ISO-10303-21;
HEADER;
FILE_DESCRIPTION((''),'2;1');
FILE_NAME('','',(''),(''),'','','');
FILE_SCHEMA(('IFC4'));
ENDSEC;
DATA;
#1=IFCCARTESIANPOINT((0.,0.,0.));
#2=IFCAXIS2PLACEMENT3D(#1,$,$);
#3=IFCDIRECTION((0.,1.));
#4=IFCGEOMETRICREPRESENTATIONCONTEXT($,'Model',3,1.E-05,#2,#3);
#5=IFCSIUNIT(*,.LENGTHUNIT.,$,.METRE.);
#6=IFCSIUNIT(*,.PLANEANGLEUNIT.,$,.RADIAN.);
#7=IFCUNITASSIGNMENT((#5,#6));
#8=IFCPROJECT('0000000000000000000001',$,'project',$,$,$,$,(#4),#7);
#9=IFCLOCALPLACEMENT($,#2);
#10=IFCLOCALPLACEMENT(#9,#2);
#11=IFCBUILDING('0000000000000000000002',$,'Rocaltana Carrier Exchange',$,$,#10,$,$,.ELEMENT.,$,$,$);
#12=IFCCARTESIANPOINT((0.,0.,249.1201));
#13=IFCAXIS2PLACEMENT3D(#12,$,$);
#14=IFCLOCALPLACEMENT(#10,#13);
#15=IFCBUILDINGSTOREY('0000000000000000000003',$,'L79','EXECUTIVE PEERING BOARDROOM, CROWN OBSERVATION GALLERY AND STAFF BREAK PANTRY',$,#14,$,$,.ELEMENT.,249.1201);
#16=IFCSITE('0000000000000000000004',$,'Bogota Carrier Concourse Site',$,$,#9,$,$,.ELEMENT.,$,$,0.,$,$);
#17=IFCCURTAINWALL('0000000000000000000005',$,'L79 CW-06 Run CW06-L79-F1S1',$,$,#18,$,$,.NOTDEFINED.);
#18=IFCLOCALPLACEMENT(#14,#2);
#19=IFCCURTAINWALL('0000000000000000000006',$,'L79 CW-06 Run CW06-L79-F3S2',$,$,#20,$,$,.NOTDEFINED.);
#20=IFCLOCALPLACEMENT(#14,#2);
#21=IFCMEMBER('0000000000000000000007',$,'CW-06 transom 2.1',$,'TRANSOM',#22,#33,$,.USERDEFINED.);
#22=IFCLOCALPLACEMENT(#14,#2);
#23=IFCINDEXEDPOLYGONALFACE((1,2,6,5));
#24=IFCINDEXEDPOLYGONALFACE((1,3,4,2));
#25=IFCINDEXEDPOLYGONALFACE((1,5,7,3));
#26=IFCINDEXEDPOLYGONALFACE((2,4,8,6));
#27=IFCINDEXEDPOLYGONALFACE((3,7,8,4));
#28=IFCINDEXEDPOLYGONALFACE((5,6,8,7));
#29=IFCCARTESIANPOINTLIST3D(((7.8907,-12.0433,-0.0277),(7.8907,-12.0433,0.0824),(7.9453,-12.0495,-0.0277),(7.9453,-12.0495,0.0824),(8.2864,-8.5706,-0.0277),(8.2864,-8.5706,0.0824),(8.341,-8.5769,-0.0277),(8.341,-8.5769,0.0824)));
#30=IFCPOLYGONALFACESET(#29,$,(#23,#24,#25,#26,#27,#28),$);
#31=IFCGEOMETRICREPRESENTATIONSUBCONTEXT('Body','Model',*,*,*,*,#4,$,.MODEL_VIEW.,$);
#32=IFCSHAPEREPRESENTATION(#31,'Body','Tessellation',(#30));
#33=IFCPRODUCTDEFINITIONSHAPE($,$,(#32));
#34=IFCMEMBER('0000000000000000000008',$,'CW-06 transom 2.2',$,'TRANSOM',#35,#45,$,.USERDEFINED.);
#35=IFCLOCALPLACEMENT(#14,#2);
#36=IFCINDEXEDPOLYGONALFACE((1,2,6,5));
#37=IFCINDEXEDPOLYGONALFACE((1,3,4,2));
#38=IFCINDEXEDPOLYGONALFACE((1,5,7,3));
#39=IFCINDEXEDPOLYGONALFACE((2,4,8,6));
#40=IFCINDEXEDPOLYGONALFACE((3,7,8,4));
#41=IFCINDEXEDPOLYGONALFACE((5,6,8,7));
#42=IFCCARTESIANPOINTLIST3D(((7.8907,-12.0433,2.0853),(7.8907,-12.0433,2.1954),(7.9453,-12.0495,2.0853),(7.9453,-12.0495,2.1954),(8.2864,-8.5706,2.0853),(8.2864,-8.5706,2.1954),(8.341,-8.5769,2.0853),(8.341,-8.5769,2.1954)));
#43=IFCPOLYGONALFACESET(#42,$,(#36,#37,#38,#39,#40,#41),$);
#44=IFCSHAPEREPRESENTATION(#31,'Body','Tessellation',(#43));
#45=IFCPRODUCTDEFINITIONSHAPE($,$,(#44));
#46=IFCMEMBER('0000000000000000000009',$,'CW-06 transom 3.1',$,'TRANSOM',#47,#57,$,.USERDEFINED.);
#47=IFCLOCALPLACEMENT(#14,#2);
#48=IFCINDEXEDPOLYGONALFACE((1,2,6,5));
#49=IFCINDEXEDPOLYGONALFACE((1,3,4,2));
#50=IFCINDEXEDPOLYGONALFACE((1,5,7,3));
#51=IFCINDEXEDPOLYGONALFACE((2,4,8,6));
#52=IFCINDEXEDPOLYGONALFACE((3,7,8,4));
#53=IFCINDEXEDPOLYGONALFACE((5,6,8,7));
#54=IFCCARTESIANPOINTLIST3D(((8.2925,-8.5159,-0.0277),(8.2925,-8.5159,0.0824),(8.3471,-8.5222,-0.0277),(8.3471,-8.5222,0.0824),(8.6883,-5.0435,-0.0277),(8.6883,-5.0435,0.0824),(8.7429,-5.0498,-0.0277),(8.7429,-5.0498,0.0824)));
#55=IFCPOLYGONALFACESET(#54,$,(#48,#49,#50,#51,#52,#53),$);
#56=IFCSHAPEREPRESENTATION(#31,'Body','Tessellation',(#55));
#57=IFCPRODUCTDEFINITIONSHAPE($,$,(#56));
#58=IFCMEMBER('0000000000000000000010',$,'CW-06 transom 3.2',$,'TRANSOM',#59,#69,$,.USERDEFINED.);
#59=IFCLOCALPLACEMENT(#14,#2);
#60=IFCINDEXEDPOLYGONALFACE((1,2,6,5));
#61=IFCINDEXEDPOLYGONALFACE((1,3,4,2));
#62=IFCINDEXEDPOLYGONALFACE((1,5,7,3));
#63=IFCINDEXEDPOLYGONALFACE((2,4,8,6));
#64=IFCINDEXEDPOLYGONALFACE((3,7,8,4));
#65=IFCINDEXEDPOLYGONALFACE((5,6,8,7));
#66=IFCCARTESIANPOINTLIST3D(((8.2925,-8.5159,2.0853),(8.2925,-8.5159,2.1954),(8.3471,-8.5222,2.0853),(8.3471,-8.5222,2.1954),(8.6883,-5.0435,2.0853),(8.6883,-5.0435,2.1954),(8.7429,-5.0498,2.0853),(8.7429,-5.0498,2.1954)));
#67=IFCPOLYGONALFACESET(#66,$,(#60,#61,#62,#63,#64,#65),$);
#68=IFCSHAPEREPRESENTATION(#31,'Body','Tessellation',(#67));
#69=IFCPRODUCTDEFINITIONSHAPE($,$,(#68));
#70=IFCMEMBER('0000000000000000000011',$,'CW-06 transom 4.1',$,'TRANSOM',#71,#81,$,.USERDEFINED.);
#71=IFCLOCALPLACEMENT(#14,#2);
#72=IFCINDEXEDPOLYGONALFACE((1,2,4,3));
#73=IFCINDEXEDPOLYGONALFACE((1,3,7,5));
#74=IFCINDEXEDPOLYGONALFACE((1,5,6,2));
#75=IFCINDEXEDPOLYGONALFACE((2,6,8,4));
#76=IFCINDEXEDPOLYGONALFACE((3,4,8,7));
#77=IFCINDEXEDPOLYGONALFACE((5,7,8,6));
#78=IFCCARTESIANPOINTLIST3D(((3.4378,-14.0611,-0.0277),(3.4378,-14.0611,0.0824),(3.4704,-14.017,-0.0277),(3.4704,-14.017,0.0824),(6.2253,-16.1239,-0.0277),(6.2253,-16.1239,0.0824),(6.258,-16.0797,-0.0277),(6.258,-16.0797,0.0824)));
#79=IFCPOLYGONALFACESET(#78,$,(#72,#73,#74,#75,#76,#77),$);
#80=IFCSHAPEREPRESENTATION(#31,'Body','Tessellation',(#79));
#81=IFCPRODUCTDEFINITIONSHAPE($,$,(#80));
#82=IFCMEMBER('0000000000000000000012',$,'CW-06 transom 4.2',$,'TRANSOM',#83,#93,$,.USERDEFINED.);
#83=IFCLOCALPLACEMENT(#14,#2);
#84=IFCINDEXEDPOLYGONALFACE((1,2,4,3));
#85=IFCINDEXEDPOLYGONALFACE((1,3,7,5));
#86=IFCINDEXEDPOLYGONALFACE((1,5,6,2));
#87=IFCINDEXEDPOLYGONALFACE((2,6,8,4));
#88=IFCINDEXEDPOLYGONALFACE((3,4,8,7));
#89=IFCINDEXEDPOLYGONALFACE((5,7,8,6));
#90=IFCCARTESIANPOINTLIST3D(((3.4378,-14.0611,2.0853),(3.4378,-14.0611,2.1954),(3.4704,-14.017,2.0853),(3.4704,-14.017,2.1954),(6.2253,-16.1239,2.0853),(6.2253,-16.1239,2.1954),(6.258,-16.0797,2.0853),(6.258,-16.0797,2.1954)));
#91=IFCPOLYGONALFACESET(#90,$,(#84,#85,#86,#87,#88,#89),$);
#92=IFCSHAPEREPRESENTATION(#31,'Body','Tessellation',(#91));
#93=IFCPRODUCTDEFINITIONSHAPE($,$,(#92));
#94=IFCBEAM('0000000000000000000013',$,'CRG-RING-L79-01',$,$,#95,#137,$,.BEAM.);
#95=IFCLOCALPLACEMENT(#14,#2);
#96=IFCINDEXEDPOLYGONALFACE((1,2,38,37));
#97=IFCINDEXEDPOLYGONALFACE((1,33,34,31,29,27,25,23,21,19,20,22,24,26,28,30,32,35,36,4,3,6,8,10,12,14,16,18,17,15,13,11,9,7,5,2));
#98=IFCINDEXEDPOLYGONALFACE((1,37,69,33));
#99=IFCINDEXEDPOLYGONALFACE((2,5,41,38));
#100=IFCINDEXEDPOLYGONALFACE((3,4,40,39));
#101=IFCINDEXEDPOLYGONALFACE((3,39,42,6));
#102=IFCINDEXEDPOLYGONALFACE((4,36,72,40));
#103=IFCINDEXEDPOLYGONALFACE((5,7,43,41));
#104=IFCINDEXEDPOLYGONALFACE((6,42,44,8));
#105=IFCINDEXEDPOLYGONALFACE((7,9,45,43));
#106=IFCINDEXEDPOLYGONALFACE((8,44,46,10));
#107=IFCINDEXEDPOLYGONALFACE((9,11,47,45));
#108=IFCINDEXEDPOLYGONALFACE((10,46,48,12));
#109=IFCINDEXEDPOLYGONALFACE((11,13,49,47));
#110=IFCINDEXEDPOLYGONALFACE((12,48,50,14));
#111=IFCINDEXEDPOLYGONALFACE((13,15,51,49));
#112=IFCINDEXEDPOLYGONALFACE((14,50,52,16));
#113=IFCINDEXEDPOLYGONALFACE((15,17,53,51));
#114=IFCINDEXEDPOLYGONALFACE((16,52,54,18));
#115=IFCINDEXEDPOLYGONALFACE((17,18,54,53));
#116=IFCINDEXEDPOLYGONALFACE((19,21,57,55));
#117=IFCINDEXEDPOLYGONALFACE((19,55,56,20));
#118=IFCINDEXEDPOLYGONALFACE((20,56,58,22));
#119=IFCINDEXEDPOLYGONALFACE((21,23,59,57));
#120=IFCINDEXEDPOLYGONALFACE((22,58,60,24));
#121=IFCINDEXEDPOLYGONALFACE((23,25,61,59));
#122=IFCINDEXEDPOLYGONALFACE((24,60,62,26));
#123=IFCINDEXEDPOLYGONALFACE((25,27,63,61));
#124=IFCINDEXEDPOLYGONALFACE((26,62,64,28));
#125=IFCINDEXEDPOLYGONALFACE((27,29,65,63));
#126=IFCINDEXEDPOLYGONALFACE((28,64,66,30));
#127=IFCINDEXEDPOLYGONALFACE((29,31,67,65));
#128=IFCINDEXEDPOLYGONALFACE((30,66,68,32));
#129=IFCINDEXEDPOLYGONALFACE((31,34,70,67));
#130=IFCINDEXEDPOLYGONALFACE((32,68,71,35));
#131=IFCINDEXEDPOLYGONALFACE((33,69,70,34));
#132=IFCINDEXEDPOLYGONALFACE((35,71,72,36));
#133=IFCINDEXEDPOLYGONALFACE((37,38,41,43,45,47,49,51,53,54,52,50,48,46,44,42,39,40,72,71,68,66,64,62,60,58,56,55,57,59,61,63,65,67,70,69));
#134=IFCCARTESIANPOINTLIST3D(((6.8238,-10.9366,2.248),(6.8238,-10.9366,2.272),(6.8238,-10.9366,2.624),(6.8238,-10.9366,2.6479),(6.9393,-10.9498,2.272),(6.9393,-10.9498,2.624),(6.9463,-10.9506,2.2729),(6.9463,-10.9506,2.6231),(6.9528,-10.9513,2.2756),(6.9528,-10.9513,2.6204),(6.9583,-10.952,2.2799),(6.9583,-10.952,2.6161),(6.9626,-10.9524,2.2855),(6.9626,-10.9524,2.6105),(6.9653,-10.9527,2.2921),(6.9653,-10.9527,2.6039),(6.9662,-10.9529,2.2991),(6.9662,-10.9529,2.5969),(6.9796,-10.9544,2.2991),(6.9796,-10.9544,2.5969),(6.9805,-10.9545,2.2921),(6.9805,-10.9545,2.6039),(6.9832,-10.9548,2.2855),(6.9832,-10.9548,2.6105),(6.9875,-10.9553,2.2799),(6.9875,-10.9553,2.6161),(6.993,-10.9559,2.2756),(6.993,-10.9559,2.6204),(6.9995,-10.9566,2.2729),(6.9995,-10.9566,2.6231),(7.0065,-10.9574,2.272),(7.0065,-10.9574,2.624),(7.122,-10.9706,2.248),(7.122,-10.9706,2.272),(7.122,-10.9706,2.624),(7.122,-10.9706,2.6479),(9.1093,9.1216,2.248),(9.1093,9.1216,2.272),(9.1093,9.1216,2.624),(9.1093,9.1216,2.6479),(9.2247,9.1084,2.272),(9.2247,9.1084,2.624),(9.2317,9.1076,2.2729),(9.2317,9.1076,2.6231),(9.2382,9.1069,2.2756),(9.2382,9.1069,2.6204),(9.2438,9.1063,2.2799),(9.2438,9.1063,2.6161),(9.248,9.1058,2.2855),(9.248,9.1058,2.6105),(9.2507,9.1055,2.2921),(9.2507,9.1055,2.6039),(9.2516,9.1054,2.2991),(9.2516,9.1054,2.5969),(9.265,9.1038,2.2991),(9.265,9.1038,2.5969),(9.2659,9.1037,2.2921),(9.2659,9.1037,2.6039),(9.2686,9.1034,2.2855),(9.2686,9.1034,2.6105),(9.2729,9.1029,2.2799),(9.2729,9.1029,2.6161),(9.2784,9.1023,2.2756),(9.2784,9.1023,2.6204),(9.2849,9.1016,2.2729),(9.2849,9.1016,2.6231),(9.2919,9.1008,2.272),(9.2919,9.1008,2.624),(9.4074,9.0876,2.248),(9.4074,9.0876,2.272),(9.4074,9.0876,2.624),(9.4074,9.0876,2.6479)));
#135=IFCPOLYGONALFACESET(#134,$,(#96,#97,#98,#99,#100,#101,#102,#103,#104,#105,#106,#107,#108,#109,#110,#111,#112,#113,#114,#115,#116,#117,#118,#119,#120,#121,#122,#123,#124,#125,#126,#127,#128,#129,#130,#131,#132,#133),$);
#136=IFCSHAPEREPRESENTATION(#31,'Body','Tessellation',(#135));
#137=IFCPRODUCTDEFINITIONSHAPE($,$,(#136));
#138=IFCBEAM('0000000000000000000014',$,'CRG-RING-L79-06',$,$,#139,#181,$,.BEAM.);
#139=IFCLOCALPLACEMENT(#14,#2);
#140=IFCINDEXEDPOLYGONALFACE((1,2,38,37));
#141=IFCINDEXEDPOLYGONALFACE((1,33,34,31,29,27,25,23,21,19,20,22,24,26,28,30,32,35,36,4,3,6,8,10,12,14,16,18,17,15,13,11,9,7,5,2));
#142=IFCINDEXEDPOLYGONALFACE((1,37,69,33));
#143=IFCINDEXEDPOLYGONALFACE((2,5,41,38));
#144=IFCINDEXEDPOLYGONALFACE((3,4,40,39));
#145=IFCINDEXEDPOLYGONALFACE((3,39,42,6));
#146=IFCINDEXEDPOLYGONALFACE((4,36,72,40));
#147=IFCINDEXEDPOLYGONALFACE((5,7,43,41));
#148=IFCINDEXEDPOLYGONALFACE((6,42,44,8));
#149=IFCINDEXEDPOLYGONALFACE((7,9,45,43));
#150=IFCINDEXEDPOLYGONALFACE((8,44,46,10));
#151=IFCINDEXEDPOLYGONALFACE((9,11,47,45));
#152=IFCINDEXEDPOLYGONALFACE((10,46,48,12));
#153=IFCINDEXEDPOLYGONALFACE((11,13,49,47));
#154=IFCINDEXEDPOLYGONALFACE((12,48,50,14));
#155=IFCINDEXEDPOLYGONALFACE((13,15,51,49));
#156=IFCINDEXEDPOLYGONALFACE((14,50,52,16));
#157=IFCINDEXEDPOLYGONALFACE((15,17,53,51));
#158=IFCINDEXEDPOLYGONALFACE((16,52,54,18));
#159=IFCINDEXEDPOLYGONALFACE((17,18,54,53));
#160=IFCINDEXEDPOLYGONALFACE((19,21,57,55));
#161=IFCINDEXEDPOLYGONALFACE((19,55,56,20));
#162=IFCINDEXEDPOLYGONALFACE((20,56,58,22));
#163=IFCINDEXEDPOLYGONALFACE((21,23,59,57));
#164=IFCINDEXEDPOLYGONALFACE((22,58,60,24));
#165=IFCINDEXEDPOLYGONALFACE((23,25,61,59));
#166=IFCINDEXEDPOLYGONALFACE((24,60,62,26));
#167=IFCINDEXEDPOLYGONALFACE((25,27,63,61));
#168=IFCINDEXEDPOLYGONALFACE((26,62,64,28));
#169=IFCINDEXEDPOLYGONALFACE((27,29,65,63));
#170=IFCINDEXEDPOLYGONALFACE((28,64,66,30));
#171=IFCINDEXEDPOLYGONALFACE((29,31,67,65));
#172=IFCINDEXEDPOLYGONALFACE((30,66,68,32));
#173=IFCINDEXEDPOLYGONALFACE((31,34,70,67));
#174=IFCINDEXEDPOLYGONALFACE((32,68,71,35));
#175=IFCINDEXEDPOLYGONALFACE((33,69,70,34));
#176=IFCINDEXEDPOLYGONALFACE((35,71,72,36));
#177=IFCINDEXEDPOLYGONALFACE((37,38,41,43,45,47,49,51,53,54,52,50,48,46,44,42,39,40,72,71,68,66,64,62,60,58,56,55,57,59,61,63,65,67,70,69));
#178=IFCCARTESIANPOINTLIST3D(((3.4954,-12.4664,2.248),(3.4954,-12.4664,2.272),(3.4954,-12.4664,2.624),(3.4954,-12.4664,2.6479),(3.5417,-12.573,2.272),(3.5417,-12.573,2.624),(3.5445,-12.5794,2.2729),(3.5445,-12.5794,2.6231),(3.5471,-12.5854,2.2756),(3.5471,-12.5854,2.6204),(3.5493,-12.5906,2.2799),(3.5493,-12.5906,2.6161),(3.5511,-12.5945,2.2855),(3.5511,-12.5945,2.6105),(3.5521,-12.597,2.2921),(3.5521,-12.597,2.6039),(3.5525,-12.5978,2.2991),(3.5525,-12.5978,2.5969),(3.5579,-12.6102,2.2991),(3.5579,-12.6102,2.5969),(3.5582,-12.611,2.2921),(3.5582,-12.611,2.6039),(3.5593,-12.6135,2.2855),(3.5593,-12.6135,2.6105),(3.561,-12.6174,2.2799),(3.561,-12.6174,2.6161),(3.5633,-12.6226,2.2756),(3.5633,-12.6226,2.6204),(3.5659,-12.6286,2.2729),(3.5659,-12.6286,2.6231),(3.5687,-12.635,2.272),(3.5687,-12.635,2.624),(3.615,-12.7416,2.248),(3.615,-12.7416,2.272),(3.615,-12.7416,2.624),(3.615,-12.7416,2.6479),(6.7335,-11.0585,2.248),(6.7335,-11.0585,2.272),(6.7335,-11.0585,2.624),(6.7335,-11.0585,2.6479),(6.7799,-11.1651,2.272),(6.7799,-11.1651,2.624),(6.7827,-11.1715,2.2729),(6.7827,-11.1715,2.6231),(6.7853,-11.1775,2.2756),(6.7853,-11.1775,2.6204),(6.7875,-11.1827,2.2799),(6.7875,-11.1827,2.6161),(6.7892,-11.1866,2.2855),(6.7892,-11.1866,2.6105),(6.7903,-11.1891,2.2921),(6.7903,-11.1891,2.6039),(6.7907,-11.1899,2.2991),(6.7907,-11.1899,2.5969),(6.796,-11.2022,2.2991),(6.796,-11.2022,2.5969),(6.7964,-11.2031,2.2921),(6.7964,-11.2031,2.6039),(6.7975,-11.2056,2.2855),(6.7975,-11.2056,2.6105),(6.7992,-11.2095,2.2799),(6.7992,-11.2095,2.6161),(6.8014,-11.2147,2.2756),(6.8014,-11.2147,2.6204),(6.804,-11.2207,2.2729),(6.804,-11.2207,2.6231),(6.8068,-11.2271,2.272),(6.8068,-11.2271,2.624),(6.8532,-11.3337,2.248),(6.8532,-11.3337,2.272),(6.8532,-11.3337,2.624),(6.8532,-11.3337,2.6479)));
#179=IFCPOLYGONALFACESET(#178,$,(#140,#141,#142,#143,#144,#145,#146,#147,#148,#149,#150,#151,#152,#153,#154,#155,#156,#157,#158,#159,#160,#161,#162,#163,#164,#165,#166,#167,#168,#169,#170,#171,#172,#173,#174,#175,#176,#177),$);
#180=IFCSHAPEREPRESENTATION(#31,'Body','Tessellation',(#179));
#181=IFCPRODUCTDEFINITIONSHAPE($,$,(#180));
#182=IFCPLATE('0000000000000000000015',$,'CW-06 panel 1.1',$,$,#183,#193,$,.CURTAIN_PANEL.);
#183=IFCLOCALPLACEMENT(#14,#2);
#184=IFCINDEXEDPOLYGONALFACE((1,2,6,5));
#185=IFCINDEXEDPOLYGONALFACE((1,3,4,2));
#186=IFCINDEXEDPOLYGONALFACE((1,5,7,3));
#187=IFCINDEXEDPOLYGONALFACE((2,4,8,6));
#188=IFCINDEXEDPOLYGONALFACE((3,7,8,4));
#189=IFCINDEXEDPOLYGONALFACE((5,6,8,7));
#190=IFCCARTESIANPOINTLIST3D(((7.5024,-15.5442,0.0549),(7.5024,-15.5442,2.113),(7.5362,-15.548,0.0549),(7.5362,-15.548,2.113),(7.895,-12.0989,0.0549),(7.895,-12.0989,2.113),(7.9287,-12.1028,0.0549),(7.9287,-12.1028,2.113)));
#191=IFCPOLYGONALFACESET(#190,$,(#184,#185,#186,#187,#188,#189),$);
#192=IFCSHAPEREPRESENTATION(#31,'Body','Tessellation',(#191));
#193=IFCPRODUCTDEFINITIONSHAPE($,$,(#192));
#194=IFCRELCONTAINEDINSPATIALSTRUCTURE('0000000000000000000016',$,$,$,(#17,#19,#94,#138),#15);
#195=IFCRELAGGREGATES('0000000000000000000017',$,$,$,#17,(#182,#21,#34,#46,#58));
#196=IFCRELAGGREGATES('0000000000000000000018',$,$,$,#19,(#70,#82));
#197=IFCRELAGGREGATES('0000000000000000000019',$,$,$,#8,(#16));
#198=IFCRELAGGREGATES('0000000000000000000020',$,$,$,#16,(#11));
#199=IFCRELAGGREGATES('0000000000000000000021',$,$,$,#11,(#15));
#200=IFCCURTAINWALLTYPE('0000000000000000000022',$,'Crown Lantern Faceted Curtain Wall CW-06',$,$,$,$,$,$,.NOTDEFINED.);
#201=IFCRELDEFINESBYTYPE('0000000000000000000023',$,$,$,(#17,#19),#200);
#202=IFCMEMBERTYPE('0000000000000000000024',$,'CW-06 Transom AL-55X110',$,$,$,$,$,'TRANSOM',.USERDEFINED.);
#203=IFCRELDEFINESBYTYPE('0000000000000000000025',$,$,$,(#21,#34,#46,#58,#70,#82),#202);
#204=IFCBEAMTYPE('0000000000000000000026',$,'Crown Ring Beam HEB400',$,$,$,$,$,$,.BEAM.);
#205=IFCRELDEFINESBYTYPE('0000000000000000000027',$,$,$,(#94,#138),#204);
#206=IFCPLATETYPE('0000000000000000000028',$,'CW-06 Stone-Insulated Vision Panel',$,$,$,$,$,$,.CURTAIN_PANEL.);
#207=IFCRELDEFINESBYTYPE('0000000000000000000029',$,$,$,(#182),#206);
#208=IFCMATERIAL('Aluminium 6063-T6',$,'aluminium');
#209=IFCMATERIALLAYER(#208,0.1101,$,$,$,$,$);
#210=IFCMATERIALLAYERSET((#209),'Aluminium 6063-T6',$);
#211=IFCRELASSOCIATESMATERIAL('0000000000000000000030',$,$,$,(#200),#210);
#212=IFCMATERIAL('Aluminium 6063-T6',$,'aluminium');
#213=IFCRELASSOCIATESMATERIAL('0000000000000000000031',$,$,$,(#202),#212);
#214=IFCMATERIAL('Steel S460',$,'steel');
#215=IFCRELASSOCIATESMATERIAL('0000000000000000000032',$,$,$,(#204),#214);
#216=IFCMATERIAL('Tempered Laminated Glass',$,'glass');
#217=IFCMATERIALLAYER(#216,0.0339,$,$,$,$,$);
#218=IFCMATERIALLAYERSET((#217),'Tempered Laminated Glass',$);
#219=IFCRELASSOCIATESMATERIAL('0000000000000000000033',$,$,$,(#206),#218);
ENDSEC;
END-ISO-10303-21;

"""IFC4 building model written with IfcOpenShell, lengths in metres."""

from ifc_helpers import new_model, si_unit, direction, frame, origin, origin_2d, place, context, subcontext, project, spatial, rectangle, i_section, extrude, material, layer, layer_set, material_profile, profile_set, type_object, element, aggregate, save


model = new_model("IFC4")

# Units and contexts
model_context = context("Model", 3, precision=1e-05, world=origin(), true_north=direction((0.0, 1.0)))
body_context = subcontext(model_context, "Body", "Model", "MODEL_VIEW")
ifc_project = project(units=[si_unit("LENGTHUNIT", "METRE"), si_unit("PLANEANGLEUNIT", "RADIAN")], contexts=[model_context])

# Site, building, storey
site_placement = place(None, origin())
site = spatial("IfcSite", under=ifc_project, at=site_placement, Name="Bogota Carrier Concourse Site", CompositionType="ELEMENT", RefElevation=0.0)
building_placement = place(site_placement, origin())
building = spatial("IfcBuilding", under=site, at=building_placement, Name="Rocaltana Carrier Exchange", CompositionType="ELEMENT")
storey_placement = place(building_placement, frame((0.0, 0.0, 249.1201)))
storey = spatial("IfcBuildingStorey", under=building, at=storey_placement, Name="L79", Description="EXECUTIVE PEERING BOARDROOM, CROWN OBSERVATION GALLERY AND STAFF BREAK PANTRY", CompositionType="ELEMENT", Elevation=249.1201)

# Curtain walls
ifc_material_1 = material(Name="Aluminium 6063-T6", Category="aluminium")
ifc_layer_1 = layer(ifc_material_1, 0.1101)
ifc_layer_set_1 = layer_set([ifc_layer_1], Name="Aluminium 6063-T6")
curtain_wall_type = type_object("IfcCurtainWallType", Name="Crown Lantern Faceted Curtain Wall CW-06", PredefinedType="NOTDEFINED", material=ifc_layer_set_1)
curtain_wall_1_placement = place(storey_placement, origin())
curtain_wall_1 = element("IfcCurtainWall", 1, at=curtain_wall_1_placement, inside=storey, type_object=curtain_wall_type, Name="L79 CW-06 Run CW06-L79-F1S1", PredefinedType="NOTDEFINED")
curtain_wall_2_placement = place(storey_placement, origin())
curtain_wall_2 = element("IfcCurtainWall", 2, at=curtain_wall_2_placement, inside=storey, type_object=curtain_wall_type, Name="L79 CW-06 Run CW06-L79-F3S2", PredefinedType="NOTDEFINED")

# Members
ifc_material_2 = material(Name="Aluminium 6063-T6", Category="aluminium")
ifc_material_profile_1 = material_profile(ifc_material_2, rectangle(XDim=0.0549, YDim=0.1101, at=origin_2d()), Name="AL-55X110")
ifc_profile_set_1 = profile_set([ifc_material_profile_1], Name="Aluminium 6063-T6")
member_type_1 = type_object("IfcMemberType", Name="CW-06 Transom AL-55X110", ElementType="TRANSOM", PredefinedType="USERDEFINED", material=ifc_profile_set_1)
member_1_placement = place(storey_placement, frame((7.918, -12.0464, 0.0273), z_axis=(0.113229, 0.993569, 0.0), x_axis=(-0.993569, 0.113229, 0.0)))
member_1 = element("IfcMember", 3, at=member_1_placement, type_object=member_type_1, Name="CW-06 transom 2.1", ObjectType="TRANSOM", PredefinedType="USERDEFINED", context=body_context, shape_type="SweptSolid", body=[
    extrude(rectangle(XDim=0.0549, YDim=0.1101, at=origin_2d()), origin(), (0.0, 0.0, 1.0), 3.4951),
])
member_2_placement = place(storey_placement, frame((7.918, -12.0464, 2.1404), z_axis=(0.113229, 0.993569, 0.0), x_axis=(-0.993569, 0.113229, 0.0)))
member_2 = element("IfcMember", 4, at=member_2_placement, type_object=member_type_1, Name="CW-06 transom 2.2", ObjectType="TRANSOM", PredefinedType="USERDEFINED", context=body_context, shape_type="SweptSolid", body=[
    extrude(rectangle(XDim=0.0549, YDim=0.1101, at=origin_2d()), origin(), (0.0, 0.0, 1.0), 3.4951),
])
member_3_placement = place(storey_placement, frame((8.3198, -8.519, 0.0273), z_axis=(0.113237, 0.993568, 0.0), x_axis=(-0.993568, 0.113237, 0.0)))
member_3 = element("IfcMember", 5, at=member_3_placement, type_object=member_type_1, Name="CW-06 transom 3.1", ObjectType="TRANSOM", PredefinedType="USERDEFINED", context=body_context, shape_type="SweptSolid", body=[
    extrude(rectangle(XDim=0.0549, YDim=0.1101, at=origin_2d()), origin(), (0.0, 0.0, 1.0), 3.4949),
])
member_4_placement = place(storey_placement, frame((8.3198, -8.519, 2.1404), z_axis=(0.113237, 0.993568, 0.0), x_axis=(-0.993568, 0.113237, 0.0)))
member_4 = element("IfcMember", 6, at=member_4_placement, type_object=member_type_1, Name="CW-06 transom 3.2", ObjectType="TRANSOM", PredefinedType="USERDEFINED", context=body_context, shape_type="SweptSolid", body=[
    extrude(rectangle(XDim=0.0549, YDim=0.1101, at=origin_2d()), origin(), (0.0, 0.0, 1.0), 3.4949),
])
member_5_placement = place(storey_placement, frame((3.4541, -14.0391, 0.0273), z_axis=(0.803853, -0.594828, 0.0), x_axis=(0.594828, 0.803853, 0.0)))
member_5 = element("IfcMember", 7, at=member_5_placement, type_object=member_type_1, Name="CW-06 transom 4.1", ObjectType="TRANSOM", PredefinedType="USERDEFINED", context=body_context, shape_type="SweptSolid", body=[
    extrude(rectangle(XDim=0.0549, YDim=0.1101, at=origin_2d()), origin(), (0.0, 0.0, 1.0), 3.4678),
])
member_6_placement = place(storey_placement, frame((3.4541, -14.0391, 2.1404), z_axis=(0.803853, -0.594828, 0.0), x_axis=(0.594828, 0.803853, 0.0)))
member_6 = element("IfcMember", 8, at=member_6_placement, type_object=member_type_1, Name="CW-06 transom 4.2", ObjectType="TRANSOM", PredefinedType="USERDEFINED", context=body_context, shape_type="SweptSolid", body=[
    extrude(rectangle(XDim=0.0549, YDim=0.1101, at=origin_2d()), origin(), (0.0, 0.0, 1.0), 3.4678),
])

# Beams
ifc_material_3 = material(Name="Steel S460", Category="steel")
ifc_material_profile_2 = material_profile(ifc_material_3, i_section(OverallWidth=0.3, OverallDepth=0.3999, WebThickness=0.0134, FlangeThickness=0.0239, FilletRadius=0.0271, at=origin_2d()), Name="HEB400")
ifc_profile_set_2 = profile_set([ifc_material_profile_2], Name="Steel S460")
beam_type = type_object("IfcBeamType", Name="Crown Ring Beam HEB400", PredefinedType="BEAM", material=ifc_profile_set_2)
beam_1_placement = place(storey_placement, frame((6.9729, -10.9536, 2.448), z_axis=(0.113207, 0.993571, 0.0), x_axis=(-0.993571, 0.113207, 0.0)))
element("IfcBeam", 9, at=beam_1_placement, inside=storey, type_object=beam_type, Name="CRG-RING-L79-01", PredefinedType="BEAM", context=body_context, shape_type="SweptSolid", body=[
    extrude(i_section(OverallWidth=0.3, OverallDepth=0.3999, WebThickness=0.0134, FlangeThickness=0.0239, FilletRadius=0.0271, at=origin_2d()), origin(), (0.0, 0.0, 1.0), 20.188),
])
beam_2_placement = place(storey_placement, frame((3.5552, -12.604, 2.448), z_axis=(0.917069, 0.398729, 0.0), x_axis=(-0.398729, 0.917069, 0.0)))
element("IfcBeam", 10, at=beam_2_placement, inside=storey, type_object=beam_type, Name="CRG-RING-L79-06", PredefinedType="BEAM", context=body_context, shape_type="SweptSolid", body=[
    extrude(i_section(OverallWidth=0.3, OverallDepth=0.3999, WebThickness=0.0134, FlangeThickness=0.0239, FilletRadius=0.0271, at=origin_2d()), origin(), (0.0, 0.0, 1.0), 3.531),
])

# Plate
ifc_material_4 = material(Name="Tempered Laminated Glass", Category="glass")
ifc_layer_2 = layer(ifc_material_4, 0.0339)
ifc_layer_set_2 = layer_set([ifc_layer_2], Name="Tempered Laminated Glass")
plate_type = type_object("IfcPlateType", Name="CW-06 Stone-Insulated Vision Panel", PredefinedType="CURTAIN_PANEL", material=ifc_layer_set_2)
plate_1_placement = place(storey_placement, frame((7.7156, -13.8235, 0.0549), z_axis=(0.0, 0.0, 1.0), x_axis=(0.113204, 0.993572, 0.0)))
plate_1 = element("IfcPlate", 11, at=plate_1_placement, type_object=plate_type, Name="CW-06 panel 1.1", PredefinedType="CURTAIN_PANEL", context=body_context, shape_type="SweptSolid", body=[
    extrude(rectangle(XDim=3.4675, YDim=0.0339, at=origin_2d()), origin(), (0.0, 0.0, 1.0), 2.0581),
])
aggregate(curtain_wall_1, [plate_1, member_1, member_2, member_3, member_4])
aggregate(curtain_wall_2, [member_5, member_6])

save(model, "model.ifc")
